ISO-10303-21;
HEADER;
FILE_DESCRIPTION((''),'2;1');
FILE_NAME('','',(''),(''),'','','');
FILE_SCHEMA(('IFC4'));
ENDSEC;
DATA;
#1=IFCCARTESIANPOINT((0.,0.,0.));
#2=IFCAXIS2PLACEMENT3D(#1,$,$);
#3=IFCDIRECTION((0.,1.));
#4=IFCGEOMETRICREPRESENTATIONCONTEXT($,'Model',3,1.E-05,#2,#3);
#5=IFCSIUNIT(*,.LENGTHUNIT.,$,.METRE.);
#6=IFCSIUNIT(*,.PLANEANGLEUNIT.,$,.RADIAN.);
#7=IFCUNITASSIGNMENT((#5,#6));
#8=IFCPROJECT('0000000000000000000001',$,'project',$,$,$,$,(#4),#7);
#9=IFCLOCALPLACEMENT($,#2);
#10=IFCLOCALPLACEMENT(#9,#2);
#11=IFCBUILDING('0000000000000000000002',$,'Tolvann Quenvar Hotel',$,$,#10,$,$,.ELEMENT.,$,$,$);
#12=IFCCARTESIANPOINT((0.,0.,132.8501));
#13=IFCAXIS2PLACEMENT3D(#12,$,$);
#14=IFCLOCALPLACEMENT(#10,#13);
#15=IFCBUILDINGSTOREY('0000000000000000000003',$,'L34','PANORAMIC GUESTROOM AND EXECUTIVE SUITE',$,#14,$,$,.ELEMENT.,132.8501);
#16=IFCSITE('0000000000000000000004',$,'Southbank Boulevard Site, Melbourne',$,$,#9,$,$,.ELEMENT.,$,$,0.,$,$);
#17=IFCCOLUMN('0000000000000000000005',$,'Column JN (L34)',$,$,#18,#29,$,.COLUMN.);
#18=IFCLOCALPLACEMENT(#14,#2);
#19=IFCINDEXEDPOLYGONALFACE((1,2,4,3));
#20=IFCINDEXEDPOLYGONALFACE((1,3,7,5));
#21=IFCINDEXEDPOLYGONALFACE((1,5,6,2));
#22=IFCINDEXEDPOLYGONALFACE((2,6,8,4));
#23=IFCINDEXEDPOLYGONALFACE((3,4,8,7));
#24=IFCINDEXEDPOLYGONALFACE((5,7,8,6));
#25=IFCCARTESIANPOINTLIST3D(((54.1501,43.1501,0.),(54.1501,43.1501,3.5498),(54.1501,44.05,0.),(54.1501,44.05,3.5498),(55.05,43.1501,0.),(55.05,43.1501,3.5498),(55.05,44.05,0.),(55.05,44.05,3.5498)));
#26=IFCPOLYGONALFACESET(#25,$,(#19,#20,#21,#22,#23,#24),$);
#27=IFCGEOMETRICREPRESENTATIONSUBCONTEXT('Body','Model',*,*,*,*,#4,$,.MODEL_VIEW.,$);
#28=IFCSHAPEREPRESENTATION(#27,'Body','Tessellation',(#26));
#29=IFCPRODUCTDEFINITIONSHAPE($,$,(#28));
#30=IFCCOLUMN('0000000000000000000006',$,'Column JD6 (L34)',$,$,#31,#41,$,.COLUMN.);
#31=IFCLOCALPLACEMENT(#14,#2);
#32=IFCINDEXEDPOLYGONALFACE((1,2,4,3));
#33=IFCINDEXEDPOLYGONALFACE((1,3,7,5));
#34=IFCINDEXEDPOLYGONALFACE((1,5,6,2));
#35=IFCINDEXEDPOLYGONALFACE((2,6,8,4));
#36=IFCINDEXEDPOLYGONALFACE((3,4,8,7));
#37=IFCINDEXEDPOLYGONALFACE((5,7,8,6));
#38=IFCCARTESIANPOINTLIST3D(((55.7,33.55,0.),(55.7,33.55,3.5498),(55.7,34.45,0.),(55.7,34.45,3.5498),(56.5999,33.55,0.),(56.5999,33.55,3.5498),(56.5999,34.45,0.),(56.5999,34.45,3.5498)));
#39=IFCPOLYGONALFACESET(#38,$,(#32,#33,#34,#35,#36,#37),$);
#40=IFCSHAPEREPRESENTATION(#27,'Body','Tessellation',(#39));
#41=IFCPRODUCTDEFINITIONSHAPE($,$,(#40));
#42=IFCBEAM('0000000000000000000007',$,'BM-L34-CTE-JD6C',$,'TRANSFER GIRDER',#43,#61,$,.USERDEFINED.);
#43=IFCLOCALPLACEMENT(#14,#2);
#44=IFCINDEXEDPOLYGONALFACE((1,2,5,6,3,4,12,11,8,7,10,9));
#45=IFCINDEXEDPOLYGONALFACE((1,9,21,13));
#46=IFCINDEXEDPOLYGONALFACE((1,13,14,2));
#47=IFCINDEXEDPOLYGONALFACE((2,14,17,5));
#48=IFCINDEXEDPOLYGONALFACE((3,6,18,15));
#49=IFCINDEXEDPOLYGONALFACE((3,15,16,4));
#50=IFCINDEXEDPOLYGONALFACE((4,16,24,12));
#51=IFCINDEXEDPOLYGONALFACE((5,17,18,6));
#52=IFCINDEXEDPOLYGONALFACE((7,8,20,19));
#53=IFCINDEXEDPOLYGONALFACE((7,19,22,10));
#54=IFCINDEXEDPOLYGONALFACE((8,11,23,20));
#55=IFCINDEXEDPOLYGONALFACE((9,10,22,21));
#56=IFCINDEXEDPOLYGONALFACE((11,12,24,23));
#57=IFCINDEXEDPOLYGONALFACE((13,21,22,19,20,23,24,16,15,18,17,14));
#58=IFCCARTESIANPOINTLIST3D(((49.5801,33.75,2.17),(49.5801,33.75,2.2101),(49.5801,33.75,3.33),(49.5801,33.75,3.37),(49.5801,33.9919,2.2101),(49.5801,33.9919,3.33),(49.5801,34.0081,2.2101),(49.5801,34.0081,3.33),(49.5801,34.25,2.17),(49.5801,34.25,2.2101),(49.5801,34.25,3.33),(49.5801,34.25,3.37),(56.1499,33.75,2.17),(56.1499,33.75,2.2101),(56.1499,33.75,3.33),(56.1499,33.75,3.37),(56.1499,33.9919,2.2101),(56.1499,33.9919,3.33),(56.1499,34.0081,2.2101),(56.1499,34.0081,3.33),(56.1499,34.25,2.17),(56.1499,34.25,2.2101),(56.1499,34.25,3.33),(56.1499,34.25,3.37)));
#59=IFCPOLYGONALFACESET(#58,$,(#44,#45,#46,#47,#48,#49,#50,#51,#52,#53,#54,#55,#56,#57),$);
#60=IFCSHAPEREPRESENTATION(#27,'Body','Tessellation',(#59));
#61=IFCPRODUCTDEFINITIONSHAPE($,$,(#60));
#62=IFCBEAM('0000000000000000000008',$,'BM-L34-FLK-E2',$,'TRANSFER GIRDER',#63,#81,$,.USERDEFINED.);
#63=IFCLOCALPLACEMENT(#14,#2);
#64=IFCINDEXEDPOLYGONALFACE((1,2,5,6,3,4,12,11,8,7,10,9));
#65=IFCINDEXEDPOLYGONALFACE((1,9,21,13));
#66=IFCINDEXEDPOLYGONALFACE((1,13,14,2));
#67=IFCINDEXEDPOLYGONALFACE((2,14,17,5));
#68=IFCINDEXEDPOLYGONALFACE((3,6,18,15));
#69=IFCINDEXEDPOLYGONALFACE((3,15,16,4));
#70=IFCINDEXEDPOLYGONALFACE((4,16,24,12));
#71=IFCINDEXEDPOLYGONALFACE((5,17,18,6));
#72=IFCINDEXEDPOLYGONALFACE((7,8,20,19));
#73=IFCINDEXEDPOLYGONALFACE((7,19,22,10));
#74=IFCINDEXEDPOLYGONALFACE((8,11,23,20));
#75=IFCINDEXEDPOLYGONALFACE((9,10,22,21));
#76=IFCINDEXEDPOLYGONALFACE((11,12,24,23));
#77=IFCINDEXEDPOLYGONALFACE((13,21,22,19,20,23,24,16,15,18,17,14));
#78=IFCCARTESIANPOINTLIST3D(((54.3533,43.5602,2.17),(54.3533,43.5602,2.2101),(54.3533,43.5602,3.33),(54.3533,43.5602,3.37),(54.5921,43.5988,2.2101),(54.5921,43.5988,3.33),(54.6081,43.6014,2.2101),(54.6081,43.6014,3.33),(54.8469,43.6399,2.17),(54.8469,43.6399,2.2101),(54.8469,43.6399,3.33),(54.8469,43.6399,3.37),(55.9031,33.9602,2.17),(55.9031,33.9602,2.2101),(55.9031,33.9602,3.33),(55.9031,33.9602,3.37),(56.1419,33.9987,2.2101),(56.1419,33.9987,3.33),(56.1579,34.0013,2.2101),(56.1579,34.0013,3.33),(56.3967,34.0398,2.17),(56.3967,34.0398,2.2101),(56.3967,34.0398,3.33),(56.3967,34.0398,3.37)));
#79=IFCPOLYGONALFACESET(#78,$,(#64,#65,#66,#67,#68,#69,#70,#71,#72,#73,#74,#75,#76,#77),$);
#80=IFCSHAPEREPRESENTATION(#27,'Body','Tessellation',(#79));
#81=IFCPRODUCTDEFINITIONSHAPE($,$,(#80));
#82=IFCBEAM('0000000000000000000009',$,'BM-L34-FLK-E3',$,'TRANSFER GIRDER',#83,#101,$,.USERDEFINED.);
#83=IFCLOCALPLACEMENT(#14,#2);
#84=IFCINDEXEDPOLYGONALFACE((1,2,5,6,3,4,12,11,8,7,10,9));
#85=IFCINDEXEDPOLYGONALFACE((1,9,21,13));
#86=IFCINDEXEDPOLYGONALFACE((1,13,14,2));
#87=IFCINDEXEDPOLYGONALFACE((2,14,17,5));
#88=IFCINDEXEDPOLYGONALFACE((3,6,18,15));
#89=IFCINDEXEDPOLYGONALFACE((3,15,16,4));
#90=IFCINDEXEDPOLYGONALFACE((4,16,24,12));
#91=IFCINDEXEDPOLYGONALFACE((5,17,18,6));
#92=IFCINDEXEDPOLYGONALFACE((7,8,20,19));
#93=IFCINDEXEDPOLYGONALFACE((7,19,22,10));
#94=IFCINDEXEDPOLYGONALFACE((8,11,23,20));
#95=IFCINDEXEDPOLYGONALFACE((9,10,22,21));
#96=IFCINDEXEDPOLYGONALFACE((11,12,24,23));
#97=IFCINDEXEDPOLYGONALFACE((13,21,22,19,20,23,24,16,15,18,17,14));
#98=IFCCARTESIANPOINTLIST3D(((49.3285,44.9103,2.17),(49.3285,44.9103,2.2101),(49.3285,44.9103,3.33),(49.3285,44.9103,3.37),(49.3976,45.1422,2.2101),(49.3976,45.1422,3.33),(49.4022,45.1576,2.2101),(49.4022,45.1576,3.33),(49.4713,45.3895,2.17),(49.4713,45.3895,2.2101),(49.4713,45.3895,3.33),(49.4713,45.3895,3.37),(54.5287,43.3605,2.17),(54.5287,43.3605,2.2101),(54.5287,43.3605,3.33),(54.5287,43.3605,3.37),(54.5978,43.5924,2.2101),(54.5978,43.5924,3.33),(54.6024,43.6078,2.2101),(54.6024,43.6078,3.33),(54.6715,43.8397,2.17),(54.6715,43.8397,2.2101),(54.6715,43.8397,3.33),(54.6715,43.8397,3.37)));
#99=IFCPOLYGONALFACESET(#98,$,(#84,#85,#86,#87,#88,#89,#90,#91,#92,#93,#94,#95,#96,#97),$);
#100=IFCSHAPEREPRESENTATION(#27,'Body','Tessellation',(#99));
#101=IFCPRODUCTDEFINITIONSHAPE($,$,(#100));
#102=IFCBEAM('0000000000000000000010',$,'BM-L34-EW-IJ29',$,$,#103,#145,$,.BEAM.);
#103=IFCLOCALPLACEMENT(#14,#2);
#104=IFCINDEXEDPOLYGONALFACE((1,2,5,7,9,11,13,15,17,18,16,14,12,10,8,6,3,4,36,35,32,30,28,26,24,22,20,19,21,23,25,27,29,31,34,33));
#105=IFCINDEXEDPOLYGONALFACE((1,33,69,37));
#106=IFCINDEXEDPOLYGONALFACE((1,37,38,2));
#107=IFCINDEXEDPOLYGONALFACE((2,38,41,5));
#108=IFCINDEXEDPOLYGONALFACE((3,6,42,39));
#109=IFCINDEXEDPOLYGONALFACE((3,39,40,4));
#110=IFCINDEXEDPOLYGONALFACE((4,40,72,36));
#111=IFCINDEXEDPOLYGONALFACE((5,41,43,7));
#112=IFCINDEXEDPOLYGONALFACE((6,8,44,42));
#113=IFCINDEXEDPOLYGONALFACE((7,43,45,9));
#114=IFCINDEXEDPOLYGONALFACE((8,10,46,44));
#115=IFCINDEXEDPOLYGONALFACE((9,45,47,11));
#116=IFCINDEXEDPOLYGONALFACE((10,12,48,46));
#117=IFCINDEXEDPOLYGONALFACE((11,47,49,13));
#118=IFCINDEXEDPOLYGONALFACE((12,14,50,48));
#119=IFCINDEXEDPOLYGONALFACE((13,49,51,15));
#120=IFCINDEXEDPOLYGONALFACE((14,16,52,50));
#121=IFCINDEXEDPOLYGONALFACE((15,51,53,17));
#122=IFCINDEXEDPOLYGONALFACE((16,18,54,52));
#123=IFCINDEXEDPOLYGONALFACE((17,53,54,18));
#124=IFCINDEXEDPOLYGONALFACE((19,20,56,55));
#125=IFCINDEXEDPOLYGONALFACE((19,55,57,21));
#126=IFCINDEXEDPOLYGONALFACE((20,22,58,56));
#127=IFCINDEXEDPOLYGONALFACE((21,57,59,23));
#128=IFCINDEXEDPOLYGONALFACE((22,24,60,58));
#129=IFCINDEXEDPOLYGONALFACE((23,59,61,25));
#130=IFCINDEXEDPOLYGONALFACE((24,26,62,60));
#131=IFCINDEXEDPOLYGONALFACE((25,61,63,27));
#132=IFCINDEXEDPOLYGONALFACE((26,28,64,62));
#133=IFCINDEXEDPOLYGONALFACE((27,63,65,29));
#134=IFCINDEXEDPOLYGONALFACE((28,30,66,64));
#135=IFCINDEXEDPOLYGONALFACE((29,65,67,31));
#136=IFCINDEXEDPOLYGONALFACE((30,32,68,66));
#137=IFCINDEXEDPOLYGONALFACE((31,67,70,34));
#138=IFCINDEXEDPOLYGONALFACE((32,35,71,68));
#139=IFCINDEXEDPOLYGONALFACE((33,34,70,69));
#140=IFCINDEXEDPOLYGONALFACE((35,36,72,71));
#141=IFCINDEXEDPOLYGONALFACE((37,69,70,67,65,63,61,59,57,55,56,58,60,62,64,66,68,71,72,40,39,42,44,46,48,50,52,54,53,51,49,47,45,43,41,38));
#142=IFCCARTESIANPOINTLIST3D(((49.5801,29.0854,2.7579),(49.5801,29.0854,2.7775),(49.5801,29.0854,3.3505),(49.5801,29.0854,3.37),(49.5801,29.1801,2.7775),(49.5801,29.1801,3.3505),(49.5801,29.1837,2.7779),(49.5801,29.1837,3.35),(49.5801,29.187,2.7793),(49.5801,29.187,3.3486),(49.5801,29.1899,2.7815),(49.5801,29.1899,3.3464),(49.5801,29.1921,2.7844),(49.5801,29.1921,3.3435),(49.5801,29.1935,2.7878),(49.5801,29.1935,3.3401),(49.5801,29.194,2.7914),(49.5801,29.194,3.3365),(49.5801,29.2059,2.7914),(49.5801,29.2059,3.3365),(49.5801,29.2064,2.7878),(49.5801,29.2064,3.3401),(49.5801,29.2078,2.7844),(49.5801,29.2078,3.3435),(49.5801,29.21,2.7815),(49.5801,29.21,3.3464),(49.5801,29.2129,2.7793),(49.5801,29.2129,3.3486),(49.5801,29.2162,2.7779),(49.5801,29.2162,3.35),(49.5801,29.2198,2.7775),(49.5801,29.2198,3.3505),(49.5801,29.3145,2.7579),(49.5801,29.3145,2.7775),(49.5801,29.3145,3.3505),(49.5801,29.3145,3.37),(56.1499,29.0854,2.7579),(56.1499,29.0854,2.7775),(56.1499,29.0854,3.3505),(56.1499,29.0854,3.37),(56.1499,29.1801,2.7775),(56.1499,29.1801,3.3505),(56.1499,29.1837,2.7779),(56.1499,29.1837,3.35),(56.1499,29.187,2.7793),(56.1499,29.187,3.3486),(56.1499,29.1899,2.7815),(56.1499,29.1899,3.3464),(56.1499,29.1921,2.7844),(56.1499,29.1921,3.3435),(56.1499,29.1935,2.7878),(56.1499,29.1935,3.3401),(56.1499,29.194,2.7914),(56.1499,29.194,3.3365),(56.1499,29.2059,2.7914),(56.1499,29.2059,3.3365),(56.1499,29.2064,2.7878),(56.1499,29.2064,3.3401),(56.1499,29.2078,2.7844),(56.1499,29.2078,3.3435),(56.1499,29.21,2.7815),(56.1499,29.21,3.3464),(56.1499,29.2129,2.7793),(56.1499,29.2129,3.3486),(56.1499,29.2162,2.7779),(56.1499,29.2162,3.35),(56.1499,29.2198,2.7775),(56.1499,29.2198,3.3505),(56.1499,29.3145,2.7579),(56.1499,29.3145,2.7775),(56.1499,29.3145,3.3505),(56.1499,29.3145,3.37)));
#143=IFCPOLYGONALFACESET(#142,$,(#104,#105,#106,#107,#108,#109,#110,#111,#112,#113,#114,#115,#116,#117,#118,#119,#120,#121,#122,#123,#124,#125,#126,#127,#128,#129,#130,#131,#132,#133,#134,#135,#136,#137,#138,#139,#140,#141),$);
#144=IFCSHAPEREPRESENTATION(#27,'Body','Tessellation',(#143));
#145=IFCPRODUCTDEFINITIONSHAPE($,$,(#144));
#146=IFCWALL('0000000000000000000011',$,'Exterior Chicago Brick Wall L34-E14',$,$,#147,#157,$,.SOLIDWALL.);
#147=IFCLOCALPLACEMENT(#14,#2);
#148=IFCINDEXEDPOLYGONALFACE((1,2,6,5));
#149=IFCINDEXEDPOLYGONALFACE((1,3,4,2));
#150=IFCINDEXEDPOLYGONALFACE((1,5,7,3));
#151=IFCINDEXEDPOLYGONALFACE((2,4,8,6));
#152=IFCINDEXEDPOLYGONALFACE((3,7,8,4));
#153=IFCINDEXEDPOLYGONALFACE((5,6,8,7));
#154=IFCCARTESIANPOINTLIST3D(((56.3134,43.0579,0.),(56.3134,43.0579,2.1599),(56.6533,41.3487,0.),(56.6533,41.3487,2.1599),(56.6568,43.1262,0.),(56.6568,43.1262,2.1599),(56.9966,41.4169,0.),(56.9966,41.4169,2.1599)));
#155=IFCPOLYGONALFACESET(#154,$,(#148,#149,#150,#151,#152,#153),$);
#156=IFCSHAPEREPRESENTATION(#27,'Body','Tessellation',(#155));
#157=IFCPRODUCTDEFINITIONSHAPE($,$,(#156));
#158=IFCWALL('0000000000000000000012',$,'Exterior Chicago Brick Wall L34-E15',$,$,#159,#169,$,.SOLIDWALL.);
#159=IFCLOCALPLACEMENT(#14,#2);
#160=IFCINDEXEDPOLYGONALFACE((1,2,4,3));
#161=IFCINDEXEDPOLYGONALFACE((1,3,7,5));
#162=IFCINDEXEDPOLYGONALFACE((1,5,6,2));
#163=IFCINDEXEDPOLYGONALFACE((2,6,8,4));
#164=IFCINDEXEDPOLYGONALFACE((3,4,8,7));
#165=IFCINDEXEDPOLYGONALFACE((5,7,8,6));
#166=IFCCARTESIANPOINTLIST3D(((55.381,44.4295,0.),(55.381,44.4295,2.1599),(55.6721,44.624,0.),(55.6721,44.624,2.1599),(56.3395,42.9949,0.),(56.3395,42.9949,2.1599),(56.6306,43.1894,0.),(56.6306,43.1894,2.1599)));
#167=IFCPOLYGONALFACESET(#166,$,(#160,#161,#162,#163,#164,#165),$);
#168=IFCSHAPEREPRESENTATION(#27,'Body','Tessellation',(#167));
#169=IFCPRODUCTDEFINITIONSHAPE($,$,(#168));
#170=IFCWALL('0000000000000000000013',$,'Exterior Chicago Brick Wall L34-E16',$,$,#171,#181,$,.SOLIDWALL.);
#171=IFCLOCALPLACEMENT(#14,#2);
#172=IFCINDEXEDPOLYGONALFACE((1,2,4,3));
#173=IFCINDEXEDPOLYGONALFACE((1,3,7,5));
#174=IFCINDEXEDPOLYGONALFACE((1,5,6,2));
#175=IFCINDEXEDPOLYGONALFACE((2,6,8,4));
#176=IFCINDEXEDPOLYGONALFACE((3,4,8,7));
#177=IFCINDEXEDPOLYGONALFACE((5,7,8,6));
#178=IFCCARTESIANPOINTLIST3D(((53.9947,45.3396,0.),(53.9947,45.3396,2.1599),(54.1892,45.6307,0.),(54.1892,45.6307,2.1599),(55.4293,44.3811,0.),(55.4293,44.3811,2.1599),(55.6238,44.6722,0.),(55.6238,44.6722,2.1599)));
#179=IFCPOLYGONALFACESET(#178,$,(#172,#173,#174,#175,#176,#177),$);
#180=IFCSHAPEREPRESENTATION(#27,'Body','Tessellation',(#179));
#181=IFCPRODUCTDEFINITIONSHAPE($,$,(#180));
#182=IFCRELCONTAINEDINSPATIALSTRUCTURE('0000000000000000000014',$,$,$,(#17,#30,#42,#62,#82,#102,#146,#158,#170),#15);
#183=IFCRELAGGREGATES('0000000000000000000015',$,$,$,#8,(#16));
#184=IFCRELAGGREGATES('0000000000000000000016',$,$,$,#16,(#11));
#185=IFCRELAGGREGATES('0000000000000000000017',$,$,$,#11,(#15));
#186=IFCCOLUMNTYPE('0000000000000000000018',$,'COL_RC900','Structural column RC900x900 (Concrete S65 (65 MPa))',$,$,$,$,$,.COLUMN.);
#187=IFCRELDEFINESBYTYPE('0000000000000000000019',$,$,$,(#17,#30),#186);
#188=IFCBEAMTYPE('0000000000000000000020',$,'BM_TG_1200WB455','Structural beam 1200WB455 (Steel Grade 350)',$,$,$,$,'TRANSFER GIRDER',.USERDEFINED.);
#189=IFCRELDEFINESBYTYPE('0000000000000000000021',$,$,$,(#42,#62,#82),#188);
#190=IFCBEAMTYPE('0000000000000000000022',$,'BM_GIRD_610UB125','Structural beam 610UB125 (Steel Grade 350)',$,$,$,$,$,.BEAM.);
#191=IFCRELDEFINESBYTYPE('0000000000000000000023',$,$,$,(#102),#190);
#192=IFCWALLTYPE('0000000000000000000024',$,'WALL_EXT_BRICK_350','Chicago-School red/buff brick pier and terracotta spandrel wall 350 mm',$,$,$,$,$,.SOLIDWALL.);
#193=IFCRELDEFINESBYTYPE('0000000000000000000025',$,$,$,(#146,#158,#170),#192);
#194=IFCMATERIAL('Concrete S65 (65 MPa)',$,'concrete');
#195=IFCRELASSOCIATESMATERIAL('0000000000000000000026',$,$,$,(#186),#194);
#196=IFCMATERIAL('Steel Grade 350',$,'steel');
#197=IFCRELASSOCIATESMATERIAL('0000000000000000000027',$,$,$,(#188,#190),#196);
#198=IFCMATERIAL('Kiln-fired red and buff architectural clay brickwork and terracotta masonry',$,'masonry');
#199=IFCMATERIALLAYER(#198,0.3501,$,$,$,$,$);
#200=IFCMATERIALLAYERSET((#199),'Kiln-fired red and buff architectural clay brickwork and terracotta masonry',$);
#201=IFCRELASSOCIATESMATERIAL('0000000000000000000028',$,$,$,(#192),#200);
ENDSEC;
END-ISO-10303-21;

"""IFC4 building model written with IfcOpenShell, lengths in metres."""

from ifc_helpers import new_model, si_unit, direction, frame, frame_2d, origin, origin_2d, place, context, subcontext, project, spatial, rectangle, i_section, extrude, source, transform, mapped, material, layer, layer_set, material_profile, profile_set, type_object, type_shapes, element, save


model = new_model("IFC4")

# Units and contexts
model_context = context("Model", 3, precision=1e-05, world=origin(), true_north=direction((0.0, 1.0)))
body_context = subcontext(model_context, "Body", "Model", "MODEL_VIEW")
ifc_project = project(units=[si_unit("LENGTHUNIT", "METRE"), si_unit("PLANEANGLEUNIT", "RADIAN")], contexts=[model_context])

# Site, building, storey
site_placement = place(None, origin())
site = spatial("IfcSite", under=ifc_project, at=site_placement, Name="Southbank Boulevard Site, Melbourne", CompositionType="ELEMENT", RefElevation=0.0)
building_placement = place(site_placement, origin())
building = spatial("IfcBuilding", under=site, at=building_placement, Name="Tolvann Quenvar Hotel", CompositionType="ELEMENT")
storey_placement = place(building_placement, frame((0.0, 0.0, 132.8501)))
storey = spatial("IfcBuildingStorey", under=building, at=storey_placement, Name="L34", Description="PANORAMIC GUESTROOM AND EXECUTIVE SUITE", CompositionType="ELEMENT", Elevation=132.8501)

# Columns
ifc_material_1 = material(Name="Concrete S65 (65 MPa)", Category="concrete")
ifc_material_profile_1 = material_profile(ifc_material_1, rectangle(XDim=0.8999, YDim=0.8999, at=origin_2d()), Name="RC900x900")
ifc_profile_set_1 = profile_set([ifc_material_profile_1], Name="Concrete S65 (65 MPa)")
column_type = type_object("IfcColumnType", Name="COL_RC900", Description="Structural column RC900x900 (Concrete S65 (65 MPa))", PredefinedType="COLUMN", material=ifc_profile_set_1)
shared_shape_1 = source(origin(), body_context, "Body", "SweptSolid", [
    extrude(rectangle(XDim=0.8999, YDim=0.8999, at=origin_2d()), origin(), (0.0, 0.0, 1.0), 3.5498),
])
type_shapes(column_type, [shared_shape_1])
for number, where, z_axis, x_axis, name in (
    (1, (54.6001, 43.6001, 0.0), (0.0, 0.0, 1.0), (1.0, 0.0, 0.0), "Column JN (L34)"),
    (2, (56.1499, 34.0, 0.0), (0.0, 0.0, 1.0), (1.0, 0.0, 0.0), "Column JD6 (L34)"),
):
    element("IfcColumn", number, at=place(storey_placement, frame(where, z_axis=z_axis, x_axis=x_axis)), inside=storey, type_object=column_type, Name=name, PredefinedType="COLUMN", context=body_context, shape_type="MappedRepresentation", body=[
        mapped(shared_shape_1, transform((0.0, 0.0, 0.0), x_axis=(1.0, 0.0, 0.0), y_axis=(0.0, 1.0, 0.0), z_axis=(0.0, 0.0, 1.0), scale=1.0)),
    ])

# Beams
ifc_material_2 = material(Name="Steel Grade 350", Category="steel")
ifc_material_profile_2 = material_profile(ifc_material_2, i_section(OverallWidth=0.5, OverallDepth=1.2, WebThickness=0.0161, FlangeThickness=0.04, at=origin_2d()), Name="1200WB455")
ifc_profile_set_2 = profile_set([ifc_material_profile_2], Name="Steel Grade 350")
beam_type_1 = type_object("IfcBeamType", Name="BM_TG_1200WB455", Description="Structural beam 1200WB455 (Steel Grade 350)", ElementType="TRANSFER GIRDER", PredefinedType="USERDEFINED", material=ifc_profile_set_2)
shared_shape_2 = source(origin(), body_context, "Body", "SweptSolid", [
    extrude(i_section(OverallWidth=0.5, OverallDepth=1.2, WebThickness=0.0161, FlangeThickness=0.04, at=origin_2d()), origin(), (0.0, 0.0, 1.0), 6.5698),
])
beam_1_placement = place(storey_placement, frame((49.5801, 34.0, 2.77), z_axis=(1.0, 0.0, 0.0), x_axis=(0.0, 1.0, 0.0)))
element("IfcBeam", 3, at=beam_1_placement, inside=storey, type_object=beam_type_1, Name="BM-L34-CTE-JD6C", ObjectType="TRANSFER GIRDER", PredefinedType="USERDEFINED", context=body_context, shape_type="MappedRepresentation", body=[
    mapped(shared_shape_2, transform((0.0, 0.0, 0.0), x_axis=(1.0, 0.0, 0.0), y_axis=(0.0, 1.0, 0.0), z_axis=(0.0, 0.0, 1.0), scale=1.0)),
])
shared_shape_3 = source(origin(), body_context, "Body", "SweptSolid", [
    extrude(i_section(OverallWidth=0.5, OverallDepth=1.2, WebThickness=0.0161, FlangeThickness=0.04, at=origin_2d()), origin(), (0.0, 0.0, 1.0), 9.7244),
])
beam_2_placement = place(storey_placement, frame((56.1499, 34.0, 2.77), z_axis=(-0.159373, 0.987218, 0.0), x_axis=(-0.987218, -0.159373, 0.0)))
element("IfcBeam", 4, at=beam_2_placement, inside=storey, type_object=beam_type_1, Name="BM-L34-FLK-E2", ObjectType="TRANSFER GIRDER", PredefinedType="USERDEFINED", context=body_context, shape_type="MappedRepresentation", body=[
    mapped(shared_shape_3, transform((0.0, 0.0, 0.0), x_axis=(1.0, 0.0, 0.0), y_axis=(0.0, 1.0, 0.0), z_axis=(0.0, 0.0, 1.0), scale=1.0)),
])
shared_shape_4 = source(origin(), body_context, "Body", "SweptSolid", [
    extrude(i_section(OverallWidth=0.5, OverallDepth=1.2, WebThickness=0.0161, FlangeThickness=0.04, at=origin_2d()), origin(), (0.0, 0.0, 1.0), 5.4263),
])
type_shapes(beam_type_1, [shared_shape_2, shared_shape_3, shared_shape_4])
beam_3_placement = place(storey_placement, frame((54.6001, 43.6001, 2.77), z_axis=(-0.958345, 0.285614, 0.0), x_axis=(-0.285614, -0.958345, 0.0)))
element("IfcBeam", 5, at=beam_3_placement, inside=storey, type_object=beam_type_1, Name="BM-L34-FLK-E3", ObjectType="TRANSFER GIRDER", PredefinedType="USERDEFINED", context=body_context, shape_type="MappedRepresentation", body=[
    mapped(shared_shape_4, transform((0.0, 0.0, 0.0), x_axis=(1.0, 0.0, 0.0), y_axis=(0.0, 1.0, 0.0), z_axis=(0.0, 0.0, 1.0), scale=1.0)),
])
ifc_material_profile_3 = material_profile(ifc_material_2, i_section(OverallWidth=0.229, OverallDepth=0.6121, WebThickness=0.012, FlangeThickness=0.0195, FilletRadius=0.0139, at=origin_2d()), Name="610UB125")
ifc_profile_set_3 = profile_set([ifc_material_profile_3], Name="Steel Grade 350")
beam_type_2 = type_object("IfcBeamType", Name="BM_GIRD_610UB125", Description="Structural beam 610UB125 (Steel Grade 350)", PredefinedType="BEAM", material=ifc_profile_set_3)
shared_shape_5 = source(origin(), body_context, "Body", "SweptSolid", [
    extrude(i_section(OverallWidth=0.229, OverallDepth=0.6121, WebThickness=0.012, FlangeThickness=0.0195, FilletRadius=0.0139, at=origin_2d()), origin(), (0.0, 0.0, 1.0), 6.5698),
])
type_shapes(beam_type_2, [shared_shape_5])
beam_4_placement = place(storey_placement, frame((49.5801, 29.2, 3.064), z_axis=(1.0, 0.0, 0.0), x_axis=(0.0, 1.0, 0.0)))
element("IfcBeam", 6, at=beam_4_placement, inside=storey, type_object=beam_type_2, Name="BM-L34-EW-IJ29", PredefinedType="BEAM", context=body_context, shape_type="MappedRepresentation", body=[
    mapped(shared_shape_5, transform((0.0, 0.0, 0.0), x_axis=(1.0, 0.0, 0.0), y_axis=(0.0, 1.0, 0.0), z_axis=(0.0, 0.0, 1.0), scale=1.0)),
])

# Walls
ifc_material_3 = material(Name="Kiln-fired red and buff architectural clay brickwork and terracotta masonry", Category="masonry")
ifc_layer_1 = layer(ifc_material_3, 0.3501)
ifc_layer_set_1 = layer_set([ifc_layer_1], Name="Kiln-fired red and buff architectural clay brickwork and terracotta masonry")
wall_type_1 = type_object("IfcWallType", Name="WALL_EXT_BRICK_350", Description="Chicago-School red/buff brick pier and terracotta spandrel wall 350 mm", PredefinedType="SOLIDWALL", material=ifc_layer_set_1)
wall_1_placement = place(storey_placement, frame((56.825, 41.3828, 0.0), z_axis=(0.0, 0.0, 1.0), x_axis=(-0.195011, 0.980801, 0.0)))
element("IfcWall", 7, at=wall_1_placement, inside=storey, type_object=wall_type_1, Name="Exterior Chicago Brick Wall L34-E14", PredefinedType="SOLIDWALL", context=body_context, shape_type="SweptSolid", body=[
    extrude(rectangle(XDim=1.7427, YDim=0.3501, at=frame_2d((0.8713, 0.0))), origin(), (0.0, 0.0, 1.0), 2.1599),
])
for number, where, z_axis, x_axis, name in (
    (8, (56.4851, 43.092, 0.0), (0.0, 0.0, 1.0), (-0.555549, 0.831484, 0.0), "Exterior Chicago Brick Wall L34-E15"),
    (9, (55.5266, 44.5266, 0.0), (0.0, 0.0, 1.0), (-0.831484, 0.555549, 0.0), "Exterior Chicago Brick Wall L34-E16"),
):
    element("IfcWall", number, at=place(storey_placement, frame(where, z_axis=z_axis, x_axis=x_axis)), inside=storey, type_object=wall_type_1, Name=name, PredefinedType="SOLIDWALL", context=body_context, shape_type="SweptSolid", body=[
        extrude(rectangle(XDim=1.7253, YDim=0.3501, at=frame_2d((0.8628, 0.0))), origin(), (0.0, 0.0, 1.0), 2.1599),
    ])

save(model, "model.ifc")
